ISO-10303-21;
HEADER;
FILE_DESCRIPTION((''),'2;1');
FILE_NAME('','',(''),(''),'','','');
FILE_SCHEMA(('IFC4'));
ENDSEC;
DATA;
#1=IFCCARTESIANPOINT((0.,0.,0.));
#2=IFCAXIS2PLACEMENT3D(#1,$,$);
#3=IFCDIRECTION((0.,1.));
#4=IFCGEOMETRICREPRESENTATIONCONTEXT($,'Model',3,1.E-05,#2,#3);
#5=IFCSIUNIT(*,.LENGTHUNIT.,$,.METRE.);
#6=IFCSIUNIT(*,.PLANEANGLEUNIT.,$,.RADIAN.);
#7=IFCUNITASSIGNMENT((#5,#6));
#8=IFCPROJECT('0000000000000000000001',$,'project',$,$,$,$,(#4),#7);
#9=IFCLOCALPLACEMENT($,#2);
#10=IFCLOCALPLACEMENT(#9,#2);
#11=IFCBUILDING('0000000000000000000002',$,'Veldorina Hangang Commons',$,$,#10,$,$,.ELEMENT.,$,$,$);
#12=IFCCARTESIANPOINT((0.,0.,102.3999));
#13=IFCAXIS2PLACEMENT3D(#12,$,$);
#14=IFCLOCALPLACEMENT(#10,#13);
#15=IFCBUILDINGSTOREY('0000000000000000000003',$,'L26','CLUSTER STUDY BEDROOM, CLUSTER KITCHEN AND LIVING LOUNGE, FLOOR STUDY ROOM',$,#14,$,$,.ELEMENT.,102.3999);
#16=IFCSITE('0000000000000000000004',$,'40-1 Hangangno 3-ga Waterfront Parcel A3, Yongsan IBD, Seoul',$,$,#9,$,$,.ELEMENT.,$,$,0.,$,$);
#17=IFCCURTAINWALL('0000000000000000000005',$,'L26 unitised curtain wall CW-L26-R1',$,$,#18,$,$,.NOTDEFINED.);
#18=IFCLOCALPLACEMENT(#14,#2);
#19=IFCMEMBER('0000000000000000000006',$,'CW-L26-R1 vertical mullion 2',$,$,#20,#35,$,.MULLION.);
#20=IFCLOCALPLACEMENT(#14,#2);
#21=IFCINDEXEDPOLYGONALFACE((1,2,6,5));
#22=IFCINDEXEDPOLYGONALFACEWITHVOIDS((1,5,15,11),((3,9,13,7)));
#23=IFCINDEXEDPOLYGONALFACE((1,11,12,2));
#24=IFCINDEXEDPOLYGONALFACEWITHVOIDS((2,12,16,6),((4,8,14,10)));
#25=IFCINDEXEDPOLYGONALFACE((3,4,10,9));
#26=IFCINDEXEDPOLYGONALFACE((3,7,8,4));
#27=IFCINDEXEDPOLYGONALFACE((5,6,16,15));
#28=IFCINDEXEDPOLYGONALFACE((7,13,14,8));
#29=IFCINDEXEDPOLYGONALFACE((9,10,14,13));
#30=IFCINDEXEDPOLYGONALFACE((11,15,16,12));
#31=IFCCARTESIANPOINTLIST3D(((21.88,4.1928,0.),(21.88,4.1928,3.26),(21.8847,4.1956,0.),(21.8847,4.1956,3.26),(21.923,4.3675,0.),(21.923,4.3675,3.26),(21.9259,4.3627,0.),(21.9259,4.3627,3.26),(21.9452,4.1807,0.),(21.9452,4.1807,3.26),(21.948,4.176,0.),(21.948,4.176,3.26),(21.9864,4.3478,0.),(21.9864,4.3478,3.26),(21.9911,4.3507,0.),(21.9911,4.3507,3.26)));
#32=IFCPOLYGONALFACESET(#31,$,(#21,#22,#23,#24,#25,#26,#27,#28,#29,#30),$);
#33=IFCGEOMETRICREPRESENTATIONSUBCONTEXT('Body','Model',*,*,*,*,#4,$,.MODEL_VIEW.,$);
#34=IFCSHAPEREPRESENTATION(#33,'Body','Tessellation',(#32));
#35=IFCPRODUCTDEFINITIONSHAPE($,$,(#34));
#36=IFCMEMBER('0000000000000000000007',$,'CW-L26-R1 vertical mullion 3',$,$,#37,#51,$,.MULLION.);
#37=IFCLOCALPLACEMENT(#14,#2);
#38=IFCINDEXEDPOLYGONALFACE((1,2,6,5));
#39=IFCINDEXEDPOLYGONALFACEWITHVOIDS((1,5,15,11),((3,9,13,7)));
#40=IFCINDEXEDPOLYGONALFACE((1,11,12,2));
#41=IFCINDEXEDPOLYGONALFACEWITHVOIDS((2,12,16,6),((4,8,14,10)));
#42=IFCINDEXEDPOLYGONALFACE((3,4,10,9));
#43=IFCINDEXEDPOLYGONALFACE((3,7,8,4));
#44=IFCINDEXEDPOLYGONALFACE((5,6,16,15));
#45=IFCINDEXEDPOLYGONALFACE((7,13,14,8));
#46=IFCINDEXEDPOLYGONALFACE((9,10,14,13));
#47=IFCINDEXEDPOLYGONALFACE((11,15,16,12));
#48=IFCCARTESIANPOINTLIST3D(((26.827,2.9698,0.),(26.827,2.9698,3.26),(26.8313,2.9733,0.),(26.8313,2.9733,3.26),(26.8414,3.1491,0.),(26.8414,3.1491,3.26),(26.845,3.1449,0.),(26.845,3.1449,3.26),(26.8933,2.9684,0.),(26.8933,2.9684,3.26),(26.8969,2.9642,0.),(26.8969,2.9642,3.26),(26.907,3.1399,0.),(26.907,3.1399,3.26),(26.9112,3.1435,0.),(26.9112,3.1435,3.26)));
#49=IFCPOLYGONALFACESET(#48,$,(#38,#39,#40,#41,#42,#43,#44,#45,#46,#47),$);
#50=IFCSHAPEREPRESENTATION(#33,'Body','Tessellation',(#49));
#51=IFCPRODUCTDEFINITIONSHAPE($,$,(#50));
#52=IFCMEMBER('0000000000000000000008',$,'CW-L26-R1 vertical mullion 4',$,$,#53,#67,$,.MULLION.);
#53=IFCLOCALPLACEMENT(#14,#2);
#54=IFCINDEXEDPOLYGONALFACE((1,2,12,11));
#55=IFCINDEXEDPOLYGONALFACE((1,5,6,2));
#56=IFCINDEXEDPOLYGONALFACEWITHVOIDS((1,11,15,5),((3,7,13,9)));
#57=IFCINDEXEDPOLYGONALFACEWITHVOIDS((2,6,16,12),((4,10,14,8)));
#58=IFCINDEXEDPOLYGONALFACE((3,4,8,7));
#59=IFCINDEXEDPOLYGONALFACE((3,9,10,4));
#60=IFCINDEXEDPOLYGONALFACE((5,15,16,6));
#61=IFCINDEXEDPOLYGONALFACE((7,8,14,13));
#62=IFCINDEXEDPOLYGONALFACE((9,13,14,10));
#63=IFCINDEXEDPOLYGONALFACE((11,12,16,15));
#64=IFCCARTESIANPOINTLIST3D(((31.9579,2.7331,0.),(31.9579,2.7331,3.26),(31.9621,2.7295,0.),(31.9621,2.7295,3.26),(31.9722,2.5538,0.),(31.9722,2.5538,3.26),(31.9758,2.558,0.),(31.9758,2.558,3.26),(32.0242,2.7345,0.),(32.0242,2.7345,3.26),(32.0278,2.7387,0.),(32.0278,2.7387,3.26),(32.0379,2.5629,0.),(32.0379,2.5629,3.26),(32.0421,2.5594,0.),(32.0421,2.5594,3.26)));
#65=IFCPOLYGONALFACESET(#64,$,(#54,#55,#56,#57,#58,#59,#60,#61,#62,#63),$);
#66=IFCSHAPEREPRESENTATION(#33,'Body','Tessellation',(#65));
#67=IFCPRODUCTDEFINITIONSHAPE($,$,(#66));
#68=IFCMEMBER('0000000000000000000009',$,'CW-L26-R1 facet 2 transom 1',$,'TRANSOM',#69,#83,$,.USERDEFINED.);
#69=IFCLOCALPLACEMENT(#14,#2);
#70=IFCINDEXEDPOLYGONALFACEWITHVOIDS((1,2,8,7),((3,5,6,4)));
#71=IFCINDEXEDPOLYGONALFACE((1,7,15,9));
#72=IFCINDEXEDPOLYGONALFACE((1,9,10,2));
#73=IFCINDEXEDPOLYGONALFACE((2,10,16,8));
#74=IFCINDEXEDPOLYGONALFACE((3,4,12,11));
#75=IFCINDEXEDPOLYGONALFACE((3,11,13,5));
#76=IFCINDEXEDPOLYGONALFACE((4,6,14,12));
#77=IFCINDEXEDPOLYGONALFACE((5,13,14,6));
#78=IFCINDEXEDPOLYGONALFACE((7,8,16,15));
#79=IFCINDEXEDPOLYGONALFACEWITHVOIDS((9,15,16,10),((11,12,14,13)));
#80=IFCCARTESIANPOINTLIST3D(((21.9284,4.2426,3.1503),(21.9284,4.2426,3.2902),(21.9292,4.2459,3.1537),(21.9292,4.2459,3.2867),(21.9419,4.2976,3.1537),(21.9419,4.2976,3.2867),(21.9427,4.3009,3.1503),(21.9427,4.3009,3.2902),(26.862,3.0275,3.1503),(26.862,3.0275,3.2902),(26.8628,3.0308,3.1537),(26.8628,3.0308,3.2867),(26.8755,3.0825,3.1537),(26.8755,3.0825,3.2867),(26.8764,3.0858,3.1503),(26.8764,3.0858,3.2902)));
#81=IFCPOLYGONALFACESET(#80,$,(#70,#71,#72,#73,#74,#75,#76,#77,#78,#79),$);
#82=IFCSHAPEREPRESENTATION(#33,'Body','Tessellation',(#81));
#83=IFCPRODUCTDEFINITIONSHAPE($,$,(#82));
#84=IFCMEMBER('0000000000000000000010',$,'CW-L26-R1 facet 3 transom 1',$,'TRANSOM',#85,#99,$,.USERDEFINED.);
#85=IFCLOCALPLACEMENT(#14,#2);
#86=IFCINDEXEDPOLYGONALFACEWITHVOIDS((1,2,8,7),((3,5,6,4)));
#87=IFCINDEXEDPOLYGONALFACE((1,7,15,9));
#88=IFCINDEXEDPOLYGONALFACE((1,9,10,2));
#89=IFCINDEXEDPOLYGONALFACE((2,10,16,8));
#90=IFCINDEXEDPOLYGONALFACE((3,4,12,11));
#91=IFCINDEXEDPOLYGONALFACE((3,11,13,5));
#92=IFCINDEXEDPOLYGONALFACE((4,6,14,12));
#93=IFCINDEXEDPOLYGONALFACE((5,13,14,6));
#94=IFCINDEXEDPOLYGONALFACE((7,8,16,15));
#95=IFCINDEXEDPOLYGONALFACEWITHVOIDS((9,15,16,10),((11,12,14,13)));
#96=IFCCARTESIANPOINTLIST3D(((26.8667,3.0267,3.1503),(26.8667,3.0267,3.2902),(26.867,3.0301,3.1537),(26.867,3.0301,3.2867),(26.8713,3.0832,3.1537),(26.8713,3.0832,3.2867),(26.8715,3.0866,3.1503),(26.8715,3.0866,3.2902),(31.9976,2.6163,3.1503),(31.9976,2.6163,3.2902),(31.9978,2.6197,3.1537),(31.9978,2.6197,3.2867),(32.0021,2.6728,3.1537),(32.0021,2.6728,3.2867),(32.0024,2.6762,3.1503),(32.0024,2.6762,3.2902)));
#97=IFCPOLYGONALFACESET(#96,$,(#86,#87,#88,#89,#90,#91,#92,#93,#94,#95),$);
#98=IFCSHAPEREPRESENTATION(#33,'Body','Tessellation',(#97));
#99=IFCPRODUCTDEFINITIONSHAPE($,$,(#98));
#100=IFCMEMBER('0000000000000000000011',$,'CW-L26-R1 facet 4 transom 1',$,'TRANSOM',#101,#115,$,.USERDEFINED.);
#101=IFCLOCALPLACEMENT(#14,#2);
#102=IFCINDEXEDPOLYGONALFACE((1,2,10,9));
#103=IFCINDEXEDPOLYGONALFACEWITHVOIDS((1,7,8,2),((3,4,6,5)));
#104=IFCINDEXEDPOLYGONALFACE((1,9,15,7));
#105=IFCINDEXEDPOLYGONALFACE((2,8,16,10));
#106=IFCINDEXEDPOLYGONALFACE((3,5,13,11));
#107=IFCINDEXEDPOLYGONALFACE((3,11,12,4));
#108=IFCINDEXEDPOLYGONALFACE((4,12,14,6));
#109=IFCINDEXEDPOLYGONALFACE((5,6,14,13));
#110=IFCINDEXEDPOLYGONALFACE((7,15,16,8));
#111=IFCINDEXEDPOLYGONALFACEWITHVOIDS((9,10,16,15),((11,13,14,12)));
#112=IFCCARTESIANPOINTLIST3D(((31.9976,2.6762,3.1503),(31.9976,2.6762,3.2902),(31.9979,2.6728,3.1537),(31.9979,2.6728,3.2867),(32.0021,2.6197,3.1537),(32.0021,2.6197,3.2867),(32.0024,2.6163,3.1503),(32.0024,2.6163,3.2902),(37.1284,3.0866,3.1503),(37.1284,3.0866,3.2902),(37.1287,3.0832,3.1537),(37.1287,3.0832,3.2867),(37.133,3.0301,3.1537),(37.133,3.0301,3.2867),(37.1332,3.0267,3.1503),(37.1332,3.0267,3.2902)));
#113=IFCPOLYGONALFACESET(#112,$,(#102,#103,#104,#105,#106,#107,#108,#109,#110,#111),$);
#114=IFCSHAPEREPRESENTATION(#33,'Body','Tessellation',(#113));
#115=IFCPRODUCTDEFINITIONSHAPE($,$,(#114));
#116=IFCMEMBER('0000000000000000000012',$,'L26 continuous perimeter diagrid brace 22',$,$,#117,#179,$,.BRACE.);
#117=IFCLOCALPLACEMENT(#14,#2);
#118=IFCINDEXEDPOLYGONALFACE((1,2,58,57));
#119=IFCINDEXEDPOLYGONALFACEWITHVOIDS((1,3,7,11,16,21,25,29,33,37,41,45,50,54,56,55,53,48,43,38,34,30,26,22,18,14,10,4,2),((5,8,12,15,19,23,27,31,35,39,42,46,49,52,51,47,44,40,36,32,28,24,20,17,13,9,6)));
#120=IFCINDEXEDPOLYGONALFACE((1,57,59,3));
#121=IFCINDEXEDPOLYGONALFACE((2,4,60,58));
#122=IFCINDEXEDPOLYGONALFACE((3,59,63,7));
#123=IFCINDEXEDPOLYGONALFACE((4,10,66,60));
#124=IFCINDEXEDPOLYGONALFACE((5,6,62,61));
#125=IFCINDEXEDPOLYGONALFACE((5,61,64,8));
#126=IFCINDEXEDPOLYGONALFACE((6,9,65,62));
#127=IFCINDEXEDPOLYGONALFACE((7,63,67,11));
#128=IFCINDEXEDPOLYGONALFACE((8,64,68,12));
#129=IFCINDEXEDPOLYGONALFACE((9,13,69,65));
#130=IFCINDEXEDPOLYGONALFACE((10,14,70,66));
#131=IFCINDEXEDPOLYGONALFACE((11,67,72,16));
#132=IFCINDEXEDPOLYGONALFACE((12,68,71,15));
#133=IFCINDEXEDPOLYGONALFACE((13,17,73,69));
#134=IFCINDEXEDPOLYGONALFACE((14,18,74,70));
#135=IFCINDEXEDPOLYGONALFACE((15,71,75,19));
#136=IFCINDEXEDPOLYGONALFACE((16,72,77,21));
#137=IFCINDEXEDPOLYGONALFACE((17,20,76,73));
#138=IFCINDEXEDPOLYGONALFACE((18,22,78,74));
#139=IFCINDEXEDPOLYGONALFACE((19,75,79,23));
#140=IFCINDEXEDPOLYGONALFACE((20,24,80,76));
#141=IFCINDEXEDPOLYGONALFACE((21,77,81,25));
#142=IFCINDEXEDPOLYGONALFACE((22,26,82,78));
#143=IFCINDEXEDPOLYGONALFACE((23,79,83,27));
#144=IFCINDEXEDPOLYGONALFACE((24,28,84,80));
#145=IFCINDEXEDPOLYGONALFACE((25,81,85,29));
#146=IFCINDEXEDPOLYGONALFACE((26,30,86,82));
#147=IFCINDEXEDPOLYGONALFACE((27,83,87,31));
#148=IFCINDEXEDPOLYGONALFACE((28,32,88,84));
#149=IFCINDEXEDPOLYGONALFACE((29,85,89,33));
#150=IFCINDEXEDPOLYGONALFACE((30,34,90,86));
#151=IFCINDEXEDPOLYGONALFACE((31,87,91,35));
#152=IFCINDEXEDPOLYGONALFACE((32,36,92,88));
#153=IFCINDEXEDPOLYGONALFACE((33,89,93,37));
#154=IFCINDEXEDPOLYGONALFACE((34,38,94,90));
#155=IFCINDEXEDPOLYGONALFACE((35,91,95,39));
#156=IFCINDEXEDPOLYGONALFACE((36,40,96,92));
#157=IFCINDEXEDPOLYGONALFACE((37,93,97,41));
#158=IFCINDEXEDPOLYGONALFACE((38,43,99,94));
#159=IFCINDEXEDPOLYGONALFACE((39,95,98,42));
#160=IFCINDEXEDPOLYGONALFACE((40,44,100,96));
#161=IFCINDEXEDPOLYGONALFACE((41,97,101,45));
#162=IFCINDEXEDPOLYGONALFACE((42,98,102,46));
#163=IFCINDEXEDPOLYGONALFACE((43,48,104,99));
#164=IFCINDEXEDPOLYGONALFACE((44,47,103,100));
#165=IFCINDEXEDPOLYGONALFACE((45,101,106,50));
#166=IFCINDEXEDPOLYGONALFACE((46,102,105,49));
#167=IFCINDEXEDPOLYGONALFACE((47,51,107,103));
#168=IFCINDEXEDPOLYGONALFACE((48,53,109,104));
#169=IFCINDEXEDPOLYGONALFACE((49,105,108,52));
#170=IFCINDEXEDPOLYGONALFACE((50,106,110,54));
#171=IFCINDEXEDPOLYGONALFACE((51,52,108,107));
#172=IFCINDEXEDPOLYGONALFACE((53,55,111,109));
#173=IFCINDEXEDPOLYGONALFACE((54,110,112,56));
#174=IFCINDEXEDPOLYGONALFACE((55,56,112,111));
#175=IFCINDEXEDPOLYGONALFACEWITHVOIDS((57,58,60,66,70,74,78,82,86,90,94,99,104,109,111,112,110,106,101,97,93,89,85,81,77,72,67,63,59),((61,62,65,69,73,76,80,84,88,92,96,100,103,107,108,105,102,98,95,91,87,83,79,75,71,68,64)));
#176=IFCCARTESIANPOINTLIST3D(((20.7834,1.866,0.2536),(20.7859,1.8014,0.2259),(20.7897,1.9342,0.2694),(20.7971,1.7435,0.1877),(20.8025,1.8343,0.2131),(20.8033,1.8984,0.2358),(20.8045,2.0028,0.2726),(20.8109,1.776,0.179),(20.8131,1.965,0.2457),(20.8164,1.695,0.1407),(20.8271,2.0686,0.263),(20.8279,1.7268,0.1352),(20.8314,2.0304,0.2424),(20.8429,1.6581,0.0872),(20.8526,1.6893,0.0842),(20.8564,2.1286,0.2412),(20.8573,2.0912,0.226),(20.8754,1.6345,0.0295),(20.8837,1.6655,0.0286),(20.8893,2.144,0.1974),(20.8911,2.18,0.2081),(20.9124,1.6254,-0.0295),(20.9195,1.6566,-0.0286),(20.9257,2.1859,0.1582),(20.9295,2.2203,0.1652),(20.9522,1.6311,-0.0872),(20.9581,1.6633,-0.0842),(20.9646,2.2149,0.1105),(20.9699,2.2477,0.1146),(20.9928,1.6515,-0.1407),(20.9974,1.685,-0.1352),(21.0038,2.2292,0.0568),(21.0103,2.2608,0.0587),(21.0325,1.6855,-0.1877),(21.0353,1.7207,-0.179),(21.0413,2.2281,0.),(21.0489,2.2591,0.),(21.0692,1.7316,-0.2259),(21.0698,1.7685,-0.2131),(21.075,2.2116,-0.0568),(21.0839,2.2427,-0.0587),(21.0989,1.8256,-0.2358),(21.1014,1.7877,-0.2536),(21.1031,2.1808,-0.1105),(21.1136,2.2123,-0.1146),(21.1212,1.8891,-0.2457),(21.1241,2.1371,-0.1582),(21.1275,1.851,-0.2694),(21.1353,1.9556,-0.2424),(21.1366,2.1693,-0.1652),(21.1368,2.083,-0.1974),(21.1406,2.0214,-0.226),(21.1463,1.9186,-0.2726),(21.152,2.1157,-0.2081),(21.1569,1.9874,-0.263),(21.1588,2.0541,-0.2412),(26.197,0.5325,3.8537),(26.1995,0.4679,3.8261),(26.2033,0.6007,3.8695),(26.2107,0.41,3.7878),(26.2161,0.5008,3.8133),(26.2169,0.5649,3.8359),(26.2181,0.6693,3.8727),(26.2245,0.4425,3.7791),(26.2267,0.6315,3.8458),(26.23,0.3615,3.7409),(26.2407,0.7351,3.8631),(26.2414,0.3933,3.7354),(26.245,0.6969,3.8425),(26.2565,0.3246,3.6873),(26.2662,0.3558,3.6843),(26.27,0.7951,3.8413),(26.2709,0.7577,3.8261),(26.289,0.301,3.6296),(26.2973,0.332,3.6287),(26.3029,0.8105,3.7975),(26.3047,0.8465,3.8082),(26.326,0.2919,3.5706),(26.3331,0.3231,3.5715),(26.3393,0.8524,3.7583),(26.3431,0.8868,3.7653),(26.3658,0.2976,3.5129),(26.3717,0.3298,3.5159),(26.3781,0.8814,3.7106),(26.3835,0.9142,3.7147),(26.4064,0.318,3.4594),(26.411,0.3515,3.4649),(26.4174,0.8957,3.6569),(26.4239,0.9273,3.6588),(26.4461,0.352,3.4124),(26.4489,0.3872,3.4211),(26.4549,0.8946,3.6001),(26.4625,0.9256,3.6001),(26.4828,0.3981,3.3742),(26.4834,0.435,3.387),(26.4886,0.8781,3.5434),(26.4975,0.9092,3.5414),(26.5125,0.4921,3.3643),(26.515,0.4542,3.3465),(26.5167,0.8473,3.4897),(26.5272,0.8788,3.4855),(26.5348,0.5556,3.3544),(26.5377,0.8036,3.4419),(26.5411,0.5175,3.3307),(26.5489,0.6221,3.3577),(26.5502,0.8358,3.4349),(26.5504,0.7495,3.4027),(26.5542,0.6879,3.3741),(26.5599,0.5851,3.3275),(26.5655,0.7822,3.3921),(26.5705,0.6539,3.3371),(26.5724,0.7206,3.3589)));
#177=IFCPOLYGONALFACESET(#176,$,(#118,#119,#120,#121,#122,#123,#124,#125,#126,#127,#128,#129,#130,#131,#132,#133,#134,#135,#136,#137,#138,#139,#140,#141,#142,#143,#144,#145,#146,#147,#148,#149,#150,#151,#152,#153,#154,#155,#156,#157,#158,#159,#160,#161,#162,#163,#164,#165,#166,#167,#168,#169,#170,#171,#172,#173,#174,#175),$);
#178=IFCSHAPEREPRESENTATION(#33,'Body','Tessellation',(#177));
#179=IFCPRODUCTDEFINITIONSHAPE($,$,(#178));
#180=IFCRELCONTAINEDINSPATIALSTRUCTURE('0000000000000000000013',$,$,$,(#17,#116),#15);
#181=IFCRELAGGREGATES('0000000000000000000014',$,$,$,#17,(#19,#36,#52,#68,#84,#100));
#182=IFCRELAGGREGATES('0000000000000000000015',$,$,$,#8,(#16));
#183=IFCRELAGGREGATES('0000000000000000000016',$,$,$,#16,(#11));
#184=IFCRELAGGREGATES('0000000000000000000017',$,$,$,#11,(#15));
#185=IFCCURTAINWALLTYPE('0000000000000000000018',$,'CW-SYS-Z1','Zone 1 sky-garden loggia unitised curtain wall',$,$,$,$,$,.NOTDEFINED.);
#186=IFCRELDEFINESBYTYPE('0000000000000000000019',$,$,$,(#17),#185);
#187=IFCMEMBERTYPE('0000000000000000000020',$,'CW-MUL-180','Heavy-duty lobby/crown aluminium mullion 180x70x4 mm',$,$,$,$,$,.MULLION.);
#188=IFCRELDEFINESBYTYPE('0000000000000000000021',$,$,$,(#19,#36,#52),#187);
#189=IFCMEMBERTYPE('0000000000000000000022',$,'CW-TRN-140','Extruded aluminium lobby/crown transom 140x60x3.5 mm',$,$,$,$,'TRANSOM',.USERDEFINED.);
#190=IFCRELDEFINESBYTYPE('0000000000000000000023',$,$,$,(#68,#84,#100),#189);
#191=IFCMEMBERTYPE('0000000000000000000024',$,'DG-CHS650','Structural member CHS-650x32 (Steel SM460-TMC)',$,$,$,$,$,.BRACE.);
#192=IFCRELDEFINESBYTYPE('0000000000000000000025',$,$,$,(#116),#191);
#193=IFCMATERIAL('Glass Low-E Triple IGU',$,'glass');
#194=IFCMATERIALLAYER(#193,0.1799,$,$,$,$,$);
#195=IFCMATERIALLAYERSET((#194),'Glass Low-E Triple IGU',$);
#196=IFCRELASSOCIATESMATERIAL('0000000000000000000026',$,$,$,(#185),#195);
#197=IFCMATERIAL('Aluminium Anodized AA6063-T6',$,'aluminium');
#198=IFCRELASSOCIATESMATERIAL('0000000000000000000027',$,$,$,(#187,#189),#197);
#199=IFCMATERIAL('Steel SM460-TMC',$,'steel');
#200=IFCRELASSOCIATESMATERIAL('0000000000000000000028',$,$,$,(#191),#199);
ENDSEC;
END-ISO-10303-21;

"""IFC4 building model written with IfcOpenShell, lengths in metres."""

from ifc_helpers import new_model, si_unit, direction, frame, origin, origin_2d, place, context, subcontext, project, spatial, hollow_rectangle, hollow_circle, extrude, material, layer, layer_set, material_profile, profile_set, type_object, element, aggregate, save


model = new_model("IFC4")

# Units and contexts
model_context = context("Model", 3, precision=1e-05, world=origin(), true_north=direction((0.0, 1.0)))
body_context = subcontext(model_context, "Body", "Model", "MODEL_VIEW")
ifc_project = project(units=[si_unit("LENGTHUNIT", "METRE"), si_unit("PLANEANGLEUNIT", "RADIAN")], contexts=[model_context])

# Site, building, storey
site_placement = place(None, origin())
site = spatial("IfcSite", under=ifc_project, at=site_placement, Name="40-1 Hangangno 3-ga Waterfront Parcel A3, Yongsan IBD, Seoul", CompositionType="ELEMENT", RefElevation=0.0)
building_placement = place(site_placement, origin())
building = spatial("IfcBuilding", under=site, at=building_placement, Name="Veldorina Hangang Commons", CompositionType="ELEMENT")
storey_placement = place(building_placement, frame((0.0, 0.0, 102.3999)))
storey = spatial("IfcBuildingStorey", under=building, at=storey_placement, Name="L26", Description="CLUSTER STUDY BEDROOM, CLUSTER KITCHEN AND LIVING LOUNGE, FLOOR STUDY ROOM", CompositionType="ELEMENT", Elevation=102.3999)

# Curtain wall, members
ifc_material_1 = material(Name="Glass Low-E Triple IGU", Category="glass")
ifc_layer_1 = layer(ifc_material_1, 0.1799)
ifc_layer_set_1 = layer_set([ifc_layer_1], Name="Glass Low-E Triple IGU")
curtain_wall_type = type_object("IfcCurtainWallType", Name="CW-SYS-Z1", Description="Zone 1 sky-garden loggia unitised curtain wall", PredefinedType="NOTDEFINED", material=ifc_layer_set_1)
curtain_wall_placement = place(storey_placement, origin())
curtain_wall = element("IfcCurtainWall", 1, at=curtain_wall_placement, inside=storey, type_object=curtain_wall_type, Name="L26 unitised curtain wall CW-L26-R1", PredefinedType="NOTDEFINED")
ifc_material_2 = material(Name="Aluminium Anodized AA6063-T6", Category="aluminium")
ifc_material_profile_1 = material_profile(ifc_material_2, hollow_rectangle(XDim=0.0701, YDim=0.1799, WallThickness=0.0039, at=origin_2d()), Name="ALU-RHS-180x70x4")
ifc_profile_set_1 = profile_set([ifc_material_profile_1], Name="Aluminium Anodized AA6063-T6")
member_type_1 = type_object("IfcMemberType", Name="CW-MUL-180", Description="Heavy-duty lobby/crown aluminium mullion 180x70x4 mm", PredefinedType="MULLION", material=ifc_profile_set_1)
member_1_placement = place(storey_placement, frame((21.9355, 4.2717, 0.0), z_axis=(0.0, 0.0, 1.0), x_axis=(0.97098, -0.239161, 0.0)))
member_1 = element("IfcMember", 2, at=member_1_placement, type_object=member_type_1, Name="CW-L26-R1 vertical mullion 2", PredefinedType="MULLION", context=body_context, shape_type="SweptSolid", body=[
    extrude(hollow_rectangle(XDim=0.0701, YDim=0.1799, WallThickness=0.0039, at=origin_2d()), origin(), (0.0, 0.0, 1.0), 3.26),
])
member_2_placement = place(storey_placement, frame((26.8691, 3.0566, 0.0), z_axis=(0.0, 0.0, 1.0), x_axis=(0.996818, -0.079712, 0.0)))
member_2 = element("IfcMember", 3, at=member_2_placement, type_object=member_type_1, Name="CW-L26-R1 vertical mullion 3", PredefinedType="MULLION", context=body_context, shape_type="SweptSolid", body=[
    extrude(hollow_rectangle(XDim=0.0701, YDim=0.1799, WallThickness=0.0039, at=origin_2d()), origin(), (0.0, 0.0, 1.0), 3.26),
])
member_3_placement = place(storey_placement, frame((32.0, 2.6462, 0.0), z_axis=(0.0, 0.0, 1.0), x_axis=(0.996818, 0.079712, 0.0)))
member_3 = element("IfcMember", 4, at=member_3_placement, type_object=member_type_1, Name="CW-L26-R1 vertical mullion 4", PredefinedType="MULLION", context=body_context, shape_type="SweptSolid", body=[
    extrude(hollow_rectangle(XDim=0.0701, YDim=0.1799, WallThickness=0.0039, at=origin_2d()), origin(), (0.0, 0.0, 1.0), 3.26),
])
ifc_material_profile_2 = material_profile(ifc_material_2, hollow_rectangle(XDim=0.0601, YDim=0.1399, WallThickness=0.0034, at=origin_2d()), Name="ALU-RHS-140x60x3.5")
ifc_profile_set_2 = profile_set([ifc_material_profile_2], Name="Aluminium Anodized AA6063-T6")
member_type_2 = type_object("IfcMemberType", Name="CW-TRN-140", Description="Extruded aluminium lobby/crown transom 140x60x3.5 mm", ElementType="TRANSOM", PredefinedType="USERDEFINED", material=ifc_profile_set_2)
member_4_placement = place(storey_placement, frame((21.9355, 4.2717, 3.2202), z_axis=(0.970985, -0.239142, 0.0), x_axis=(0.239142, 0.970985, 0.0)))
member_4 = element("IfcMember", 5, at=member_4_placement, type_object=member_type_2, Name="CW-L26-R1 facet 2 transom 1", ObjectType="TRANSOM", PredefinedType="USERDEFINED", context=body_context, shape_type="SweptSolid", body=[
    extrude(hollow_rectangle(XDim=0.0601, YDim=0.1399, WallThickness=0.0034, at=origin_2d()), origin(), (0.0, 0.0, 1.0), 5.0811),
])
member_5_placement = place(storey_placement, frame((26.8691, 3.0566, 3.2202), z_axis=(0.996816, -0.079732, 0.0), x_axis=(0.079732, 0.996816, 0.0)))
member_5 = element("IfcMember", 6, at=member_5_placement, type_object=member_type_2, Name="CW-L26-R1 facet 3 transom 1", ObjectType="TRANSOM", PredefinedType="USERDEFINED", context=body_context, shape_type="SweptSolid", body=[
    extrude(hollow_rectangle(XDim=0.0601, YDim=0.1399, WallThickness=0.0034, at=origin_2d()), origin(), (0.0, 0.0, 1.0), 5.1472),
])
member_6_placement = place(storey_placement, frame((32.0, 2.6462, 3.2202), z_axis=(0.996816, 0.079732, 0.0), x_axis=(-0.079732, 0.996816, 0.0)))
member_6 = element("IfcMember", 7, at=member_6_placement, type_object=member_type_2, Name="CW-L26-R1 facet 4 transom 1", ObjectType="TRANSOM", PredefinedType="USERDEFINED", context=body_context, shape_type="SweptSolid", body=[
    extrude(hollow_rectangle(XDim=0.0601, YDim=0.1399, WallThickness=0.0034, at=origin_2d()), origin(), (0.0, 0.0, 1.0), 5.1472),
])

# Member
ifc_material_3 = material(Name="Steel SM460-TMC", Category="steel")
ifc_material_profile_3 = material_profile(ifc_material_3, hollow_circle(Radius=0.325, WallThickness=0.032, at=origin_2d()), Name="CHS-650x32")
ifc_profile_set_3 = profile_set([ifc_material_profile_3], Name="Steel SM460-TMC")
member_type_3 = type_object("IfcMemberType", Name="DG-CHS650", Description="Structural member CHS-650x32 (Steel SM460-TMC)", PredefinedType="BRACE", material=ifc_profile_set_3)
member_7_placement = place(storey_placement, frame((20.9712, 1.9436, 0.0), z_axis=(0.815704, -0.200928, 0.542454), x_axis=(0.239175, 0.970976, 0.0)))
element("IfcMember", 8, at=member_7_placement, inside=storey, type_object=member_type_3, Name="L26 continuous perimeter diagrid brace 22", PredefinedType="BRACE", context=body_context, shape_type="SweptSolid", body=[
    extrude(hollow_circle(Radius=0.325, WallThickness=0.032, at=origin_2d()), origin(), (0.0, 0.0, 1.0), 6.6367),
])

aggregate(curtain_wall, [member_1, member_2, member_3, member_4, member_5, member_6])

save(model, "model.ifc")
